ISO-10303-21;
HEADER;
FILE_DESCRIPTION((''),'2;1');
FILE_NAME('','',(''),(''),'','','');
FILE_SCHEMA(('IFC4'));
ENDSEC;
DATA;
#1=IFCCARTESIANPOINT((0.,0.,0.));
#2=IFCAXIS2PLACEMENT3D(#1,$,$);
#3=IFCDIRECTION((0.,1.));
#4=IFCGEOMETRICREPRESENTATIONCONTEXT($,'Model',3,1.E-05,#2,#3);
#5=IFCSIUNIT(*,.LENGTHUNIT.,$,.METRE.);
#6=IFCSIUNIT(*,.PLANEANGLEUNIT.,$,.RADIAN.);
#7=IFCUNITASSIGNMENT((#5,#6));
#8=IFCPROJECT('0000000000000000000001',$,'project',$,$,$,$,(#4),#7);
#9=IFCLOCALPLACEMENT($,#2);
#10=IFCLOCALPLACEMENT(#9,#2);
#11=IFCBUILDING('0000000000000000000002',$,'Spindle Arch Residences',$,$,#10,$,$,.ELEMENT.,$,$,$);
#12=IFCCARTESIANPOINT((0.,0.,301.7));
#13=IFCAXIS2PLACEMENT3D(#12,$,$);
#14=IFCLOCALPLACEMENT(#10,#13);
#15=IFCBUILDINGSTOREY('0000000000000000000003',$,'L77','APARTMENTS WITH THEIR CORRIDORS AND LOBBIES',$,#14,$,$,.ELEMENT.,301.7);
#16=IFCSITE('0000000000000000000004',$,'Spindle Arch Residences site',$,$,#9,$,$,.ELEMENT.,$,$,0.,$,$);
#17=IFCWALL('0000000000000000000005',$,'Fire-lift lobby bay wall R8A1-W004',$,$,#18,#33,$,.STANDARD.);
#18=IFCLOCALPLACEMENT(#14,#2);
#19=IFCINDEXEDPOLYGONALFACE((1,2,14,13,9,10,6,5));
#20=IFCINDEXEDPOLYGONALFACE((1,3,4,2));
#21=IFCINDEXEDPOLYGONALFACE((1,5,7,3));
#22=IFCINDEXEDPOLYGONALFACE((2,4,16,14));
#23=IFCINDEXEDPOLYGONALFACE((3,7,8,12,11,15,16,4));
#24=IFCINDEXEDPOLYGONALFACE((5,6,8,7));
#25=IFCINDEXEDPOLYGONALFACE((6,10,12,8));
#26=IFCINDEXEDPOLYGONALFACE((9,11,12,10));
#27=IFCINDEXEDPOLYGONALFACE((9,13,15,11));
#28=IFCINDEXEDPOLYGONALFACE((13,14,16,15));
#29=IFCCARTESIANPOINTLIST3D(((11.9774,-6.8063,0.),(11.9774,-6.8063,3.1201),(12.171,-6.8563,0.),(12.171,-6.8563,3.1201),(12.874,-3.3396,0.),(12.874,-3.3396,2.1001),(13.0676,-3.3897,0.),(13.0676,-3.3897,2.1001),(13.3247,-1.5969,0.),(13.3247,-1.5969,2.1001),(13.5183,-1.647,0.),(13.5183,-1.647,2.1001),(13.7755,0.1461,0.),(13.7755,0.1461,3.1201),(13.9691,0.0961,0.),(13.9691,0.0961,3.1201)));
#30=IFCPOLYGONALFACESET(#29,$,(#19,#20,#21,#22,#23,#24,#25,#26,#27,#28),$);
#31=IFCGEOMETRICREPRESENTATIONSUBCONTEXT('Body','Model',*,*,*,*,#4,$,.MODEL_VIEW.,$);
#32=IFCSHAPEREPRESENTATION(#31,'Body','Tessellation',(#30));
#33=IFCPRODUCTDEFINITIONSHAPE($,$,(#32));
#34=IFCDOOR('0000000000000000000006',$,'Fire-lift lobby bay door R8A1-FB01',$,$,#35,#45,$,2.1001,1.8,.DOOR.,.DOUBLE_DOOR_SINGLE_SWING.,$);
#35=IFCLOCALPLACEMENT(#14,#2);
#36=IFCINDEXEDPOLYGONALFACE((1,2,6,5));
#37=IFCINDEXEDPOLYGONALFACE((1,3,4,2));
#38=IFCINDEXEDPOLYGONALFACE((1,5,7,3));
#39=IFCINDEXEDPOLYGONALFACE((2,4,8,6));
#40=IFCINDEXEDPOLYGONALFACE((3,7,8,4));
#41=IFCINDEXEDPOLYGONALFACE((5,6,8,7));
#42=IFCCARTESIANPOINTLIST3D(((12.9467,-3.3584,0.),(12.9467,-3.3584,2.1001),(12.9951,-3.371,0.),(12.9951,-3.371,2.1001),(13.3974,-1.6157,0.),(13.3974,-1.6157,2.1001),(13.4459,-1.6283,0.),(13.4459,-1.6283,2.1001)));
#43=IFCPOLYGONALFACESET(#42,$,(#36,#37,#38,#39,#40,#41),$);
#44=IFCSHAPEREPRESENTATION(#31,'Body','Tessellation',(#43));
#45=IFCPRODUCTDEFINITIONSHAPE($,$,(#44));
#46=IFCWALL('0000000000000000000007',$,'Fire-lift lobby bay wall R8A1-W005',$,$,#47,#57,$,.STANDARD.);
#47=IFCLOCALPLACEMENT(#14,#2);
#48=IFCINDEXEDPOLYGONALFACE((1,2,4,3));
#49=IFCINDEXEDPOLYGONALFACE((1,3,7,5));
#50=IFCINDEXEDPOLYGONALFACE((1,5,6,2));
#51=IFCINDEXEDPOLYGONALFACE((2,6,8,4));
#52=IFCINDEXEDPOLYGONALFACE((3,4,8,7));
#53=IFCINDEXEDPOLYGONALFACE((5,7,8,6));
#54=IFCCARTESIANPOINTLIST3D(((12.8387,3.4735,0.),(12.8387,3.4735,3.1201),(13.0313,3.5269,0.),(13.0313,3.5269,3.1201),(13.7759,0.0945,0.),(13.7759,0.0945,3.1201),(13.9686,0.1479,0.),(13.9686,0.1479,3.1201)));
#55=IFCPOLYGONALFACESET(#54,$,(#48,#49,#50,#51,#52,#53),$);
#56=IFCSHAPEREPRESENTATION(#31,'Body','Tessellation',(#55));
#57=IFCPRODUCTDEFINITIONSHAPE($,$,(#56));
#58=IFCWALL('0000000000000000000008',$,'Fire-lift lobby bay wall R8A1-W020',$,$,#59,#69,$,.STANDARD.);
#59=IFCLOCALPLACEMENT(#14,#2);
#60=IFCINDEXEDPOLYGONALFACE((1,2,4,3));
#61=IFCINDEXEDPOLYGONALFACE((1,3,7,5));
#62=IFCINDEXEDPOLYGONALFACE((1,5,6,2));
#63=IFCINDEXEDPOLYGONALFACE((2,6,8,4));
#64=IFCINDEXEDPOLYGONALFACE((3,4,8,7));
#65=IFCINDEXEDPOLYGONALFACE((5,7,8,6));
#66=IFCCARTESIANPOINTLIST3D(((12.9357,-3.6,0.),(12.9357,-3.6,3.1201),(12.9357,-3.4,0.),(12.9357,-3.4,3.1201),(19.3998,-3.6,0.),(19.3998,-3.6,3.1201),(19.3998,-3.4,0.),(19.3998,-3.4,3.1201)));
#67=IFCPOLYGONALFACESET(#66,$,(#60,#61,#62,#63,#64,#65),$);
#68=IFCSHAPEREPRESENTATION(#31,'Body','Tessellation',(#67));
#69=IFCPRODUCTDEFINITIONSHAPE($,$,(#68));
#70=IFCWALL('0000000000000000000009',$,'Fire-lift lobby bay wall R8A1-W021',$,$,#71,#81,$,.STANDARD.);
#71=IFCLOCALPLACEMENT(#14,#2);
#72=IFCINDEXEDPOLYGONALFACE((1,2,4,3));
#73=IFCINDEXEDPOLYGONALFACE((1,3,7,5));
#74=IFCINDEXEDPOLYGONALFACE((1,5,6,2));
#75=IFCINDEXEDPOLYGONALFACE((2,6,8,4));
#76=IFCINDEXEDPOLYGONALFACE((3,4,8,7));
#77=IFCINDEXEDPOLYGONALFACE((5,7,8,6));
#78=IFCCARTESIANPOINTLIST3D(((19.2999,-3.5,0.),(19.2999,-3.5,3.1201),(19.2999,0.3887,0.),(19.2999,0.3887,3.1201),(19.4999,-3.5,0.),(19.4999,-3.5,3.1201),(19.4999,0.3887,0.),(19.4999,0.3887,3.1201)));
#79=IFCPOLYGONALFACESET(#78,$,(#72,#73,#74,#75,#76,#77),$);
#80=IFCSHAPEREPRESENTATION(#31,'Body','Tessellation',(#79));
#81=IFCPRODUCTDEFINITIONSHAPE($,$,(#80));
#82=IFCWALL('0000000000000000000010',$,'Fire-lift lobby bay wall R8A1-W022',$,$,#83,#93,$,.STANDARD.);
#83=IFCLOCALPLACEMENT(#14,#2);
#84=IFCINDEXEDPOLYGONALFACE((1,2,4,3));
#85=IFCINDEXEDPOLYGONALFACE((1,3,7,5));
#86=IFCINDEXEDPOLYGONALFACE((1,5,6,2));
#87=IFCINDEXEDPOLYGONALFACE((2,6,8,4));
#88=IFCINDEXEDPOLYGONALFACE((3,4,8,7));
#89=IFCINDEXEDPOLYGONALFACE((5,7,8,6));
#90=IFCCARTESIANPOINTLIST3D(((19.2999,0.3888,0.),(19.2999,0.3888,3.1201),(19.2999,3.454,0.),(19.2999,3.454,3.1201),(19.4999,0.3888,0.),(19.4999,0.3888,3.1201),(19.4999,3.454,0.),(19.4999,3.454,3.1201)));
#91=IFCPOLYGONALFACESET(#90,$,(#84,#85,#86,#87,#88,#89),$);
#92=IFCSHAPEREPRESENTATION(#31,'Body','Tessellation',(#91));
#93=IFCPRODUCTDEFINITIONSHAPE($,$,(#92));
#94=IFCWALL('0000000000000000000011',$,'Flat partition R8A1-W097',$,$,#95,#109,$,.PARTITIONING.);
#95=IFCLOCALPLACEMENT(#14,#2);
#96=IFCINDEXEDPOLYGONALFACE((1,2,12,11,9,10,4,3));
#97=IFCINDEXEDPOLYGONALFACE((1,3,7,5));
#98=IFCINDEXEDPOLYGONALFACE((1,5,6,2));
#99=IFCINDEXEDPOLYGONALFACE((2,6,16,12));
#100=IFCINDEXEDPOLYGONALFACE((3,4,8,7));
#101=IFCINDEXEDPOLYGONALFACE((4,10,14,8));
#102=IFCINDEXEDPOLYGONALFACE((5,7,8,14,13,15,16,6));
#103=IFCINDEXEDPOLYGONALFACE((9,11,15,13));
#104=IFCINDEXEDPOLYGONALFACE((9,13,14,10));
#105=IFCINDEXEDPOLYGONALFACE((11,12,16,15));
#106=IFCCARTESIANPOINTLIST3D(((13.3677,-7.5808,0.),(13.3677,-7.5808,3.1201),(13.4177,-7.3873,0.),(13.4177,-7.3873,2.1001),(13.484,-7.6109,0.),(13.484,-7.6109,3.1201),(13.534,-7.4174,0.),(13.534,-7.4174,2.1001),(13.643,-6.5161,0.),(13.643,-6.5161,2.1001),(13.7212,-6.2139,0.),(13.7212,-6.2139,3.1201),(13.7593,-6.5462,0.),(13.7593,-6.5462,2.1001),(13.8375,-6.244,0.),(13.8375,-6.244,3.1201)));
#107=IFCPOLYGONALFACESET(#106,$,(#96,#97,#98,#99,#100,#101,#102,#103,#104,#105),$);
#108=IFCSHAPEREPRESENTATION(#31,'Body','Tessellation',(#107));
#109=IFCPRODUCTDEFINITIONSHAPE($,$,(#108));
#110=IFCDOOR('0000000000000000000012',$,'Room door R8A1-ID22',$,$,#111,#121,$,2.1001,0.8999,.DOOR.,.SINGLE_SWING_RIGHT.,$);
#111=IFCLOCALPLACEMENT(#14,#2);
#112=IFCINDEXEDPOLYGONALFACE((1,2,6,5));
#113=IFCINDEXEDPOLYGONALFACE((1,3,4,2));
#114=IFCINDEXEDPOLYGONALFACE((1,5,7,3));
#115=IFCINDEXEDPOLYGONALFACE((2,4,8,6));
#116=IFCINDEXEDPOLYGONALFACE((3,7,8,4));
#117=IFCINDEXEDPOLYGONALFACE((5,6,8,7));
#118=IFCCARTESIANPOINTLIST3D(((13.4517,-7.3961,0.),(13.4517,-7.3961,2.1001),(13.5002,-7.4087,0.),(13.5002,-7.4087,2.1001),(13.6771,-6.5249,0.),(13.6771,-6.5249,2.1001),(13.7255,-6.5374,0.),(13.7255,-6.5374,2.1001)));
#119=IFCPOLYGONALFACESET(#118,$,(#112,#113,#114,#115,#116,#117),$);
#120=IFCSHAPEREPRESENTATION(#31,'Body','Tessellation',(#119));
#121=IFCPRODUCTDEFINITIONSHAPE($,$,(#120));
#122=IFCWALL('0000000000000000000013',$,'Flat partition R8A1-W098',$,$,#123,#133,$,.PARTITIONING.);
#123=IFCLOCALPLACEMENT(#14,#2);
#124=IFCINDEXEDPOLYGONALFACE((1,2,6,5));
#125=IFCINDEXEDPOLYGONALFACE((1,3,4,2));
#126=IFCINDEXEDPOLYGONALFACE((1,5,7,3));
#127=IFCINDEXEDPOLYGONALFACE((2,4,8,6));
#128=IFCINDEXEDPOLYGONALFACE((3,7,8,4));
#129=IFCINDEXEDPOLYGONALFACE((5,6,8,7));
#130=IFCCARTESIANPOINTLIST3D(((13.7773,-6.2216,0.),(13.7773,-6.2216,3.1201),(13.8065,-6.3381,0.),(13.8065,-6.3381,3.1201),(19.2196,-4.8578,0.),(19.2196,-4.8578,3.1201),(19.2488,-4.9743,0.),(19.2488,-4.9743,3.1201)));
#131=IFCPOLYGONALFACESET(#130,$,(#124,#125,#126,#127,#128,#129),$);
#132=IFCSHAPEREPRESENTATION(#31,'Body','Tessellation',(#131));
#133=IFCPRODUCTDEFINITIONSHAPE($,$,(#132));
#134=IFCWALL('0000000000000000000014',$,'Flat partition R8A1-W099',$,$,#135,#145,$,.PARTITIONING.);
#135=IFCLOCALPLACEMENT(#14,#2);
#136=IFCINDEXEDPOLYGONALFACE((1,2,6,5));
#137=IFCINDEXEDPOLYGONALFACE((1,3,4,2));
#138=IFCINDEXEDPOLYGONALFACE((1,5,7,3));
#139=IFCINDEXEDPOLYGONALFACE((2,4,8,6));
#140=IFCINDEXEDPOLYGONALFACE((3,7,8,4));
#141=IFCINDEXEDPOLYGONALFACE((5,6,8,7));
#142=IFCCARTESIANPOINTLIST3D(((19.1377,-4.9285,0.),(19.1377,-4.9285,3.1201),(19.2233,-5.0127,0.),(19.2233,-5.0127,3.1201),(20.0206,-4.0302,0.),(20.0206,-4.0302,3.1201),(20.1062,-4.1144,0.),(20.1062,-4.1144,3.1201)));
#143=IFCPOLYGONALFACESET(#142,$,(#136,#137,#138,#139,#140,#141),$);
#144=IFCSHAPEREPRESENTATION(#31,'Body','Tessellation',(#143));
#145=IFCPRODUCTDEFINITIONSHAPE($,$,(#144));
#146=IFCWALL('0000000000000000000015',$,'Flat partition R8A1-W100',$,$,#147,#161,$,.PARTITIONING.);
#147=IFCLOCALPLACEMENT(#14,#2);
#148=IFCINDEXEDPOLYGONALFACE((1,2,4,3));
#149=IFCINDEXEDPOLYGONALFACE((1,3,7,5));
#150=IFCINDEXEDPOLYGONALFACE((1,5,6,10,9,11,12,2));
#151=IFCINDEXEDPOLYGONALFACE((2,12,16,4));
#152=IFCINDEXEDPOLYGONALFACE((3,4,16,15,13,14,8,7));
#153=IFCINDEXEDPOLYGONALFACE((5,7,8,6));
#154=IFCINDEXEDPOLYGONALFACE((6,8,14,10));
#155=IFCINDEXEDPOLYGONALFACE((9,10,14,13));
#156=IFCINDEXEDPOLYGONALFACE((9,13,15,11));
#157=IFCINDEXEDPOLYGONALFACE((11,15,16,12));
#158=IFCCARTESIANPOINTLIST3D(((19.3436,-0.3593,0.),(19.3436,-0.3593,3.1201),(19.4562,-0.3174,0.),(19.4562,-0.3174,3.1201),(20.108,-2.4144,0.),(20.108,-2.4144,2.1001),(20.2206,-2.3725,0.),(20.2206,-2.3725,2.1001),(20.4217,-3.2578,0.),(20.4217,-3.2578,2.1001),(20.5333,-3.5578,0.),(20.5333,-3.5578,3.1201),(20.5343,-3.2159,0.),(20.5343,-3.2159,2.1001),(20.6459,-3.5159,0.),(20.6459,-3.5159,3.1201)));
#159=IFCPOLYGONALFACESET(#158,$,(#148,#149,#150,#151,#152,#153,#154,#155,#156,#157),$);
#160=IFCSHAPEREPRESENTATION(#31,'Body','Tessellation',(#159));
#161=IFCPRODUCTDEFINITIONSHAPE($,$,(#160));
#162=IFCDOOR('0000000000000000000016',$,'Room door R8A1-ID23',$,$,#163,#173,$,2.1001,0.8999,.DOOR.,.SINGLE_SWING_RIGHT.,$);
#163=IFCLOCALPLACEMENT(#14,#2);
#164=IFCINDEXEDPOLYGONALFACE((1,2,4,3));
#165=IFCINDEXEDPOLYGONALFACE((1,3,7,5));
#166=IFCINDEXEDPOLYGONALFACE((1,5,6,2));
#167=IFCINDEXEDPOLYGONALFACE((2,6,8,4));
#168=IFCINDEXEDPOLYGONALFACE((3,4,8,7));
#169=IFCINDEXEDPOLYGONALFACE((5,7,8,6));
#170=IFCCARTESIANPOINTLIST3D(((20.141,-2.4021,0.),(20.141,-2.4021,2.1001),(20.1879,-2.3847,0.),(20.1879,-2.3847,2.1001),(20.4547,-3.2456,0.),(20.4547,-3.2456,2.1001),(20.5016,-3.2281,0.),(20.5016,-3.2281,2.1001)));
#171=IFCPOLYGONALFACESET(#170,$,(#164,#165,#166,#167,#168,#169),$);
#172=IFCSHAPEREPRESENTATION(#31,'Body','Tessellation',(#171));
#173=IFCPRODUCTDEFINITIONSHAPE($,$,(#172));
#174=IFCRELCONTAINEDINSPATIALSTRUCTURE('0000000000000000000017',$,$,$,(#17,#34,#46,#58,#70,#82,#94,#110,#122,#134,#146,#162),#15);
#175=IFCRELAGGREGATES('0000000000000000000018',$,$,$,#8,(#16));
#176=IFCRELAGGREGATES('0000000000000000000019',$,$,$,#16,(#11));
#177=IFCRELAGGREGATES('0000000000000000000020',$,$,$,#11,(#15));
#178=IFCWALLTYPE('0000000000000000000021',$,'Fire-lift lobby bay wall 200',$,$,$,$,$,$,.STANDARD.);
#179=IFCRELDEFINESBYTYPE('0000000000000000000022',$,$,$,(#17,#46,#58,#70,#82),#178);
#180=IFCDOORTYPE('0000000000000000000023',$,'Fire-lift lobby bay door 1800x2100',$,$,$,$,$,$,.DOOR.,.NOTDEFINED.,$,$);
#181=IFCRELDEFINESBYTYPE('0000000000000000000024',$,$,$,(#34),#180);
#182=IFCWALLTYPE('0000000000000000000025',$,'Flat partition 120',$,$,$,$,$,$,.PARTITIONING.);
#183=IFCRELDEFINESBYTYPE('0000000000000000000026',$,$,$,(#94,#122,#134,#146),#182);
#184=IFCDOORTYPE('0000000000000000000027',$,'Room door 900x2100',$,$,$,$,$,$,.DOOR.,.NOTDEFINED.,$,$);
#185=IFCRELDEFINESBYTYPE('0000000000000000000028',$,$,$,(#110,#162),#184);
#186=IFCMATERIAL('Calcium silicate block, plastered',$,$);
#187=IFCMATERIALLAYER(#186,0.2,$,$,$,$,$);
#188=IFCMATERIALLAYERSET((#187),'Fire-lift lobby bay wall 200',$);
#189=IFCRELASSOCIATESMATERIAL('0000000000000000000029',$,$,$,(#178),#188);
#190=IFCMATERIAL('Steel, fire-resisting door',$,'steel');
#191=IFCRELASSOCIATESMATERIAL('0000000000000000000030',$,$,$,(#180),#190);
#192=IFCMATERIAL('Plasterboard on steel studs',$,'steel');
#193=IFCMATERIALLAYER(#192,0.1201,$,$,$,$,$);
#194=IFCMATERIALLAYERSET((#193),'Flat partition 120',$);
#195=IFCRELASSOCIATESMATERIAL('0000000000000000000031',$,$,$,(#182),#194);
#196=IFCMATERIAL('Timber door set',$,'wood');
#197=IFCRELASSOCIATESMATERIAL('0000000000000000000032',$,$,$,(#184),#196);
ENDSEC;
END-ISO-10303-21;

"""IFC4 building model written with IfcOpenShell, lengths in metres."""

from ifc_helpers import new_model, si_unit, direction, frame, frame_2d, origin, place, context, subcontext, project, spatial, rectangle, extrude, material, layer, layer_set, type_object, element, fill, save


model = new_model("IFC4")

# Units and contexts
model_context = context("Model", 3, precision=1e-05, world=origin(), true_north=direction((0.0, 1.0)))
body_context = subcontext(model_context, "Body", "Model", "MODEL_VIEW")
ifc_project = project(units=[si_unit("LENGTHUNIT", "METRE"), si_unit("PLANEANGLEUNIT", "RADIAN")], contexts=[model_context])

# Site, building, storey
site_placement = place(None, origin())
site = spatial("IfcSite", under=ifc_project, at=site_placement, Name="Spindle Arch Residences site", CompositionType="ELEMENT", RefElevation=0.0)
building_placement = place(site_placement, origin())
building = spatial("IfcBuilding", under=site, at=building_placement, Name="Spindle Arch Residences", CompositionType="ELEMENT")
storey_placement = place(building_placement, frame((0.0, 0.0, 301.7)))
storey = spatial("IfcBuildingStorey", under=building, at=storey_placement, Name="L77", Description="APARTMENTS WITH THEIR CORRIDORS AND LOBBIES", CompositionType="ELEMENT", Elevation=301.7)

# Wall, opening, door
ifc_material_1 = material(Name="Calcium silicate block, plastered")
ifc_layer_1 = layer(ifc_material_1, 0.2)
ifc_layer_set_1 = layer_set([ifc_layer_1], Name="Fire-lift lobby bay wall 200")
wall_type_1 = type_object("IfcWallType", Name="Fire-lift lobby bay wall 200", PredefinedType="STANDARD", material=ifc_layer_set_1)
wall_1_placement = place(storey_placement, frame((12.0742, -6.8313, 0.0), z_axis=(0.0, 0.0, 1.0), x_axis=(0.250391, 0.968145, 0.0)))
wall_1 = element("IfcWall", 1, at=wall_1_placement, inside=storey, type_object=wall_type_1, Name="Fire-lift lobby bay wall R8A1-W004", PredefinedType="STANDARD", context=body_context, shape_type="SweptSolid", body=[
    extrude(rectangle(XDim=7.1812, YDim=0.2, at=frame_2d((3.5906, 0.0))), origin(), (0.0, 0.0, 1.0), 3.1201),
])
opening_1_placement = place(wall_1_placement, frame((3.5808, 0.0, 0.0)))
opening_1 = element("IfcOpeningElement", 2, at=opening_1_placement, cuts=wall_1, PredefinedType="OPENING", context=body_context, shape_type="SweptSolid", body=[
    extrude(rectangle(XDim=1.8, YDim=2.1001, at=frame_2d((0.8999, 1.05))), frame((0.0, 0.1099, 0.0), z_axis=(0.0, -1.0, 0.0), x_axis=(1.0, 0.0, 0.0)), (0.0, 0.0, 1.0), 0.22),
])
ifc_material_2 = material(Name="Steel, fire-resisting door", Category="steel")
door_type_1 = type_object("IfcDoorType", Name="Fire-lift lobby bay door 1800x2100", OperationType="NOTDEFINED", PredefinedType="DOOR", material=ifc_material_2)
door_1_placement = place(opening_1_placement, origin())
door_1 = element("IfcDoor", 3, at=door_1_placement, inside=storey, type_object=door_type_1, Name="Fire-lift lobby bay door R8A1-FB01", OperationType="DOUBLE_DOOR_SINGLE_SWING", OverallHeight=2.1001, OverallWidth=1.8, PredefinedType="DOOR", context=body_context, shape_type="SweptSolid", body=[
    extrude(rectangle(XDim=1.8, YDim=2.1001, at=frame_2d((0.8999, 1.05))), frame((0.0, 0.0249, 0.0), z_axis=(0.0, -1.0, 0.0), x_axis=(1.0, 0.0, 0.0)), (0.0, 0.0, 1.0), 0.05),
])
fill(opening_1, door_1)

# Walls
wall_2_placement = place(storey_placement, frame((13.8723, 0.1211, 0.0), z_axis=(0.0, 0.0, 1.0), x_axis=(-0.267292, 0.963616, 0.0)))
element("IfcWall", 4, at=wall_2_placement, inside=storey, type_object=wall_type_1, Name="Fire-lift lobby bay wall R8A1-W005", PredefinedType="STANDARD", context=body_context, shape_type="SweptSolid", body=[
    extrude(rectangle(XDim=3.5066, YDim=0.2, at=frame_2d((1.7534, 0.0))), origin(), (0.0, 0.0, 1.0), 3.1201),
])
wall_3_placement = place(storey_placement, frame((12.9358, -3.5, 0.0), z_axis=(0.0, 0.0, 1.0), x_axis=(1.0, 0.0, 0.0)))
element("IfcWall", 5, at=wall_3_placement, inside=storey, type_object=wall_type_1, Name="Fire-lift lobby bay wall R8A1-W020", PredefinedType="STANDARD", context=body_context, shape_type="SweptSolid", body=[
    extrude(rectangle(XDim=6.4641, YDim=0.2, at=frame_2d((3.2319, 0.0))), origin(), (0.0, 0.0, 1.0), 3.1201),
])
wall_4_placement = place(storey_placement, frame((19.3999, -3.5, 0.0), z_axis=(0.0, 0.0, 1.0), x_axis=(0.0, 1.0, 0.0)))
element("IfcWall", 6, at=wall_4_placement, inside=storey, type_object=wall_type_1, Name="Fire-lift lobby bay wall R8A1-W021", PredefinedType="STANDARD", context=body_context, shape_type="SweptSolid", body=[
    extrude(rectangle(XDim=3.8887, YDim=0.2, at=frame_2d((1.9443, 0.0))), origin(), (0.0, 0.0, 1.0), 3.1201),
])
wall_5_placement = place(storey_placement, frame((19.3999, 0.3887, 0.0), z_axis=(0.0, 0.0, 1.0), x_axis=(0.0, 1.0, 0.0)))
element("IfcWall", 7, at=wall_5_placement, inside=storey, type_object=wall_type_1, Name="Fire-lift lobby bay wall R8A1-W022", PredefinedType="STANDARD", context=body_context, shape_type="SweptSolid", body=[
    extrude(rectangle(XDim=3.0652, YDim=0.2, at=frame_2d((1.5327, 0.0))), origin(), (0.0, 0.0, 1.0), 3.1201),
])

# Wall, opening, door
ifc_material_3 = material(Name="Plasterboard on steel studs", Category="steel")
ifc_layer_2 = layer(ifc_material_3, 0.1201)
ifc_layer_set_2 = layer_set([ifc_layer_2], Name="Flat partition 120")
wall_type_2 = type_object("IfcWallType", Name="Flat partition 120", PredefinedType="PARTITIONING", material=ifc_layer_set_2)
wall_6_placement = place(storey_placement, frame((13.4258, -7.5959, 0.0), z_axis=(0.0, 0.0, 1.0), x_axis=(0.25038, 0.968148, 0.0)))
wall_6 = element("IfcWall", 8, at=wall_6_placement, inside=storey, type_object=wall_type_2, Name="Flat partition R8A1-W097", PredefinedType="PARTITIONING", context=body_context, shape_type="SweptSolid", body=[
    extrude(rectangle(XDim=1.4119, YDim=0.1201, at=frame_2d((0.7061, 0.0))), origin(), (0.0, 0.0, 1.0), 3.1201),
])
opening_2_placement = place(wall_6_placement, frame((0.2, 0.0, 0.0)))
opening_2 = element("IfcOpeningElement", 9, at=opening_2_placement, cuts=wall_6, PredefinedType="OPENING", context=body_context, shape_type="SweptSolid", body=[
    extrude(rectangle(XDim=0.8999, YDim=2.1001, at=frame_2d((0.45, 1.05))), frame((0.0, 0.0701, 0.0), z_axis=(0.0, -1.0, 0.0), x_axis=(1.0, 0.0, 0.0)), (0.0, 0.0, 1.0), 0.1401),
])
ifc_material_4 = material(Name="Timber door set", Category="wood")
door_type_2 = type_object("IfcDoorType", Name="Room door 900x2100", OperationType="NOTDEFINED", PredefinedType="DOOR", material=ifc_material_4)
door_2_placement = place(opening_2_placement, origin())
door_2 = element("IfcDoor", 10, at=door_2_placement, inside=storey, type_object=door_type_2, Name="Room door R8A1-ID22", OperationType="SINGLE_SWING_RIGHT", OverallHeight=2.1001, OverallWidth=0.8999, PredefinedType="DOOR", context=body_context, shape_type="SweptSolid", body=[
    extrude(rectangle(XDim=0.8999, YDim=2.1001, at=frame_2d((0.45, 1.05))), frame((0.0, 0.0249, 0.0), z_axis=(0.0, -1.0, 0.0), x_axis=(1.0, 0.0, 0.0)), (0.0, 0.0, 1.0), 0.05),
])
fill(opening_2, door_2)

# Walls
wall_7_placement = place(storey_placement, frame((13.792, -6.2798, 0.0), z_axis=(0.0, 0.0, 1.0), x_axis=(0.970009, 0.243068, 0.0)))
element("IfcWall", 11, at=wall_7_placement, inside=storey, type_object=wall_type_2, Name="Flat partition R8A1-W098", PredefinedType="PARTITIONING", context=body_context, shape_type="SweptSolid", body=[
    extrude(rectangle(XDim=5.6106, YDim=0.1201, at=frame_2d((2.8052, 0.0))), origin(), (0.0, 0.0, 1.0), 3.1201),
])
wall_8_placement = place(storey_placement, frame((19.1804, -4.9707, 0.0), z_axis=(0.0, 0.0, 1.0), x_axis=(0.700974, 0.713187, 0.0)))
element("IfcWall", 12, at=wall_8_placement, inside=storey, type_object=wall_type_2, Name="Flat partition R8A1-W099", PredefinedType="PARTITIONING", context=body_context, shape_type="SweptSolid", body=[
    extrude(rectangle(XDim=1.2595, YDim=0.1201, at=frame_2d((0.6299, 0.0))), origin(), (0.0, 0.0, 1.0), 3.1201),
])

# Wall, opening, door
wall_9_placement = place(storey_placement, frame((20.5896, -3.5369, 0.0), z_axis=(0.0, 0.0, 1.0), x_axis=(-0.348621, 0.937264, 0.0)))
wall_9 = element("IfcWall", 13, at=wall_9_placement, inside=storey, type_object=wall_type_2, Name="Flat partition R8A1-W100", PredefinedType="PARTITIONING", context=body_context, shape_type="SweptSolid", body=[
    extrude(rectangle(XDim=3.4126, YDim=0.1201, at=frame_2d((1.7063, 0.0))), origin(), (0.0, 0.0, 1.0), 3.1201),
])
opening_3_placement = place(wall_9_placement, frame((0.3201, 0.0, 0.0)))
opening_3 = element("IfcOpeningElement", 14, at=opening_3_placement, cuts=wall_9, PredefinedType="OPENING", context=body_context, shape_type="SweptSolid", body=[
    extrude(rectangle(XDim=0.8999, YDim=2.1001, at=frame_2d((0.45, 1.05))), frame((0.0, 0.0701, 0.0), z_axis=(0.0, -1.0, 0.0), x_axis=(1.0, 0.0, 0.0)), (0.0, 0.0, 1.0), 0.1401),
])
door_3_placement = place(opening_3_placement, origin())
door_3 = element("IfcDoor", 15, at=door_3_placement, inside=storey, type_object=door_type_2, Name="Room door R8A1-ID23", OperationType="SINGLE_SWING_RIGHT", OverallHeight=2.1001, OverallWidth=0.8999, PredefinedType="DOOR", context=body_context, shape_type="SweptSolid", body=[
    extrude(rectangle(XDim=0.8999, YDim=2.1001, at=frame_2d((0.45, 1.05))), frame((0.0, 0.0249, 0.0), z_axis=(0.0, -1.0, 0.0), x_axis=(1.0, 0.0, 0.0)), (0.0, 0.0, 1.0), 0.05),
])
fill(opening_3, door_3)

save(model, "model.ifc")
